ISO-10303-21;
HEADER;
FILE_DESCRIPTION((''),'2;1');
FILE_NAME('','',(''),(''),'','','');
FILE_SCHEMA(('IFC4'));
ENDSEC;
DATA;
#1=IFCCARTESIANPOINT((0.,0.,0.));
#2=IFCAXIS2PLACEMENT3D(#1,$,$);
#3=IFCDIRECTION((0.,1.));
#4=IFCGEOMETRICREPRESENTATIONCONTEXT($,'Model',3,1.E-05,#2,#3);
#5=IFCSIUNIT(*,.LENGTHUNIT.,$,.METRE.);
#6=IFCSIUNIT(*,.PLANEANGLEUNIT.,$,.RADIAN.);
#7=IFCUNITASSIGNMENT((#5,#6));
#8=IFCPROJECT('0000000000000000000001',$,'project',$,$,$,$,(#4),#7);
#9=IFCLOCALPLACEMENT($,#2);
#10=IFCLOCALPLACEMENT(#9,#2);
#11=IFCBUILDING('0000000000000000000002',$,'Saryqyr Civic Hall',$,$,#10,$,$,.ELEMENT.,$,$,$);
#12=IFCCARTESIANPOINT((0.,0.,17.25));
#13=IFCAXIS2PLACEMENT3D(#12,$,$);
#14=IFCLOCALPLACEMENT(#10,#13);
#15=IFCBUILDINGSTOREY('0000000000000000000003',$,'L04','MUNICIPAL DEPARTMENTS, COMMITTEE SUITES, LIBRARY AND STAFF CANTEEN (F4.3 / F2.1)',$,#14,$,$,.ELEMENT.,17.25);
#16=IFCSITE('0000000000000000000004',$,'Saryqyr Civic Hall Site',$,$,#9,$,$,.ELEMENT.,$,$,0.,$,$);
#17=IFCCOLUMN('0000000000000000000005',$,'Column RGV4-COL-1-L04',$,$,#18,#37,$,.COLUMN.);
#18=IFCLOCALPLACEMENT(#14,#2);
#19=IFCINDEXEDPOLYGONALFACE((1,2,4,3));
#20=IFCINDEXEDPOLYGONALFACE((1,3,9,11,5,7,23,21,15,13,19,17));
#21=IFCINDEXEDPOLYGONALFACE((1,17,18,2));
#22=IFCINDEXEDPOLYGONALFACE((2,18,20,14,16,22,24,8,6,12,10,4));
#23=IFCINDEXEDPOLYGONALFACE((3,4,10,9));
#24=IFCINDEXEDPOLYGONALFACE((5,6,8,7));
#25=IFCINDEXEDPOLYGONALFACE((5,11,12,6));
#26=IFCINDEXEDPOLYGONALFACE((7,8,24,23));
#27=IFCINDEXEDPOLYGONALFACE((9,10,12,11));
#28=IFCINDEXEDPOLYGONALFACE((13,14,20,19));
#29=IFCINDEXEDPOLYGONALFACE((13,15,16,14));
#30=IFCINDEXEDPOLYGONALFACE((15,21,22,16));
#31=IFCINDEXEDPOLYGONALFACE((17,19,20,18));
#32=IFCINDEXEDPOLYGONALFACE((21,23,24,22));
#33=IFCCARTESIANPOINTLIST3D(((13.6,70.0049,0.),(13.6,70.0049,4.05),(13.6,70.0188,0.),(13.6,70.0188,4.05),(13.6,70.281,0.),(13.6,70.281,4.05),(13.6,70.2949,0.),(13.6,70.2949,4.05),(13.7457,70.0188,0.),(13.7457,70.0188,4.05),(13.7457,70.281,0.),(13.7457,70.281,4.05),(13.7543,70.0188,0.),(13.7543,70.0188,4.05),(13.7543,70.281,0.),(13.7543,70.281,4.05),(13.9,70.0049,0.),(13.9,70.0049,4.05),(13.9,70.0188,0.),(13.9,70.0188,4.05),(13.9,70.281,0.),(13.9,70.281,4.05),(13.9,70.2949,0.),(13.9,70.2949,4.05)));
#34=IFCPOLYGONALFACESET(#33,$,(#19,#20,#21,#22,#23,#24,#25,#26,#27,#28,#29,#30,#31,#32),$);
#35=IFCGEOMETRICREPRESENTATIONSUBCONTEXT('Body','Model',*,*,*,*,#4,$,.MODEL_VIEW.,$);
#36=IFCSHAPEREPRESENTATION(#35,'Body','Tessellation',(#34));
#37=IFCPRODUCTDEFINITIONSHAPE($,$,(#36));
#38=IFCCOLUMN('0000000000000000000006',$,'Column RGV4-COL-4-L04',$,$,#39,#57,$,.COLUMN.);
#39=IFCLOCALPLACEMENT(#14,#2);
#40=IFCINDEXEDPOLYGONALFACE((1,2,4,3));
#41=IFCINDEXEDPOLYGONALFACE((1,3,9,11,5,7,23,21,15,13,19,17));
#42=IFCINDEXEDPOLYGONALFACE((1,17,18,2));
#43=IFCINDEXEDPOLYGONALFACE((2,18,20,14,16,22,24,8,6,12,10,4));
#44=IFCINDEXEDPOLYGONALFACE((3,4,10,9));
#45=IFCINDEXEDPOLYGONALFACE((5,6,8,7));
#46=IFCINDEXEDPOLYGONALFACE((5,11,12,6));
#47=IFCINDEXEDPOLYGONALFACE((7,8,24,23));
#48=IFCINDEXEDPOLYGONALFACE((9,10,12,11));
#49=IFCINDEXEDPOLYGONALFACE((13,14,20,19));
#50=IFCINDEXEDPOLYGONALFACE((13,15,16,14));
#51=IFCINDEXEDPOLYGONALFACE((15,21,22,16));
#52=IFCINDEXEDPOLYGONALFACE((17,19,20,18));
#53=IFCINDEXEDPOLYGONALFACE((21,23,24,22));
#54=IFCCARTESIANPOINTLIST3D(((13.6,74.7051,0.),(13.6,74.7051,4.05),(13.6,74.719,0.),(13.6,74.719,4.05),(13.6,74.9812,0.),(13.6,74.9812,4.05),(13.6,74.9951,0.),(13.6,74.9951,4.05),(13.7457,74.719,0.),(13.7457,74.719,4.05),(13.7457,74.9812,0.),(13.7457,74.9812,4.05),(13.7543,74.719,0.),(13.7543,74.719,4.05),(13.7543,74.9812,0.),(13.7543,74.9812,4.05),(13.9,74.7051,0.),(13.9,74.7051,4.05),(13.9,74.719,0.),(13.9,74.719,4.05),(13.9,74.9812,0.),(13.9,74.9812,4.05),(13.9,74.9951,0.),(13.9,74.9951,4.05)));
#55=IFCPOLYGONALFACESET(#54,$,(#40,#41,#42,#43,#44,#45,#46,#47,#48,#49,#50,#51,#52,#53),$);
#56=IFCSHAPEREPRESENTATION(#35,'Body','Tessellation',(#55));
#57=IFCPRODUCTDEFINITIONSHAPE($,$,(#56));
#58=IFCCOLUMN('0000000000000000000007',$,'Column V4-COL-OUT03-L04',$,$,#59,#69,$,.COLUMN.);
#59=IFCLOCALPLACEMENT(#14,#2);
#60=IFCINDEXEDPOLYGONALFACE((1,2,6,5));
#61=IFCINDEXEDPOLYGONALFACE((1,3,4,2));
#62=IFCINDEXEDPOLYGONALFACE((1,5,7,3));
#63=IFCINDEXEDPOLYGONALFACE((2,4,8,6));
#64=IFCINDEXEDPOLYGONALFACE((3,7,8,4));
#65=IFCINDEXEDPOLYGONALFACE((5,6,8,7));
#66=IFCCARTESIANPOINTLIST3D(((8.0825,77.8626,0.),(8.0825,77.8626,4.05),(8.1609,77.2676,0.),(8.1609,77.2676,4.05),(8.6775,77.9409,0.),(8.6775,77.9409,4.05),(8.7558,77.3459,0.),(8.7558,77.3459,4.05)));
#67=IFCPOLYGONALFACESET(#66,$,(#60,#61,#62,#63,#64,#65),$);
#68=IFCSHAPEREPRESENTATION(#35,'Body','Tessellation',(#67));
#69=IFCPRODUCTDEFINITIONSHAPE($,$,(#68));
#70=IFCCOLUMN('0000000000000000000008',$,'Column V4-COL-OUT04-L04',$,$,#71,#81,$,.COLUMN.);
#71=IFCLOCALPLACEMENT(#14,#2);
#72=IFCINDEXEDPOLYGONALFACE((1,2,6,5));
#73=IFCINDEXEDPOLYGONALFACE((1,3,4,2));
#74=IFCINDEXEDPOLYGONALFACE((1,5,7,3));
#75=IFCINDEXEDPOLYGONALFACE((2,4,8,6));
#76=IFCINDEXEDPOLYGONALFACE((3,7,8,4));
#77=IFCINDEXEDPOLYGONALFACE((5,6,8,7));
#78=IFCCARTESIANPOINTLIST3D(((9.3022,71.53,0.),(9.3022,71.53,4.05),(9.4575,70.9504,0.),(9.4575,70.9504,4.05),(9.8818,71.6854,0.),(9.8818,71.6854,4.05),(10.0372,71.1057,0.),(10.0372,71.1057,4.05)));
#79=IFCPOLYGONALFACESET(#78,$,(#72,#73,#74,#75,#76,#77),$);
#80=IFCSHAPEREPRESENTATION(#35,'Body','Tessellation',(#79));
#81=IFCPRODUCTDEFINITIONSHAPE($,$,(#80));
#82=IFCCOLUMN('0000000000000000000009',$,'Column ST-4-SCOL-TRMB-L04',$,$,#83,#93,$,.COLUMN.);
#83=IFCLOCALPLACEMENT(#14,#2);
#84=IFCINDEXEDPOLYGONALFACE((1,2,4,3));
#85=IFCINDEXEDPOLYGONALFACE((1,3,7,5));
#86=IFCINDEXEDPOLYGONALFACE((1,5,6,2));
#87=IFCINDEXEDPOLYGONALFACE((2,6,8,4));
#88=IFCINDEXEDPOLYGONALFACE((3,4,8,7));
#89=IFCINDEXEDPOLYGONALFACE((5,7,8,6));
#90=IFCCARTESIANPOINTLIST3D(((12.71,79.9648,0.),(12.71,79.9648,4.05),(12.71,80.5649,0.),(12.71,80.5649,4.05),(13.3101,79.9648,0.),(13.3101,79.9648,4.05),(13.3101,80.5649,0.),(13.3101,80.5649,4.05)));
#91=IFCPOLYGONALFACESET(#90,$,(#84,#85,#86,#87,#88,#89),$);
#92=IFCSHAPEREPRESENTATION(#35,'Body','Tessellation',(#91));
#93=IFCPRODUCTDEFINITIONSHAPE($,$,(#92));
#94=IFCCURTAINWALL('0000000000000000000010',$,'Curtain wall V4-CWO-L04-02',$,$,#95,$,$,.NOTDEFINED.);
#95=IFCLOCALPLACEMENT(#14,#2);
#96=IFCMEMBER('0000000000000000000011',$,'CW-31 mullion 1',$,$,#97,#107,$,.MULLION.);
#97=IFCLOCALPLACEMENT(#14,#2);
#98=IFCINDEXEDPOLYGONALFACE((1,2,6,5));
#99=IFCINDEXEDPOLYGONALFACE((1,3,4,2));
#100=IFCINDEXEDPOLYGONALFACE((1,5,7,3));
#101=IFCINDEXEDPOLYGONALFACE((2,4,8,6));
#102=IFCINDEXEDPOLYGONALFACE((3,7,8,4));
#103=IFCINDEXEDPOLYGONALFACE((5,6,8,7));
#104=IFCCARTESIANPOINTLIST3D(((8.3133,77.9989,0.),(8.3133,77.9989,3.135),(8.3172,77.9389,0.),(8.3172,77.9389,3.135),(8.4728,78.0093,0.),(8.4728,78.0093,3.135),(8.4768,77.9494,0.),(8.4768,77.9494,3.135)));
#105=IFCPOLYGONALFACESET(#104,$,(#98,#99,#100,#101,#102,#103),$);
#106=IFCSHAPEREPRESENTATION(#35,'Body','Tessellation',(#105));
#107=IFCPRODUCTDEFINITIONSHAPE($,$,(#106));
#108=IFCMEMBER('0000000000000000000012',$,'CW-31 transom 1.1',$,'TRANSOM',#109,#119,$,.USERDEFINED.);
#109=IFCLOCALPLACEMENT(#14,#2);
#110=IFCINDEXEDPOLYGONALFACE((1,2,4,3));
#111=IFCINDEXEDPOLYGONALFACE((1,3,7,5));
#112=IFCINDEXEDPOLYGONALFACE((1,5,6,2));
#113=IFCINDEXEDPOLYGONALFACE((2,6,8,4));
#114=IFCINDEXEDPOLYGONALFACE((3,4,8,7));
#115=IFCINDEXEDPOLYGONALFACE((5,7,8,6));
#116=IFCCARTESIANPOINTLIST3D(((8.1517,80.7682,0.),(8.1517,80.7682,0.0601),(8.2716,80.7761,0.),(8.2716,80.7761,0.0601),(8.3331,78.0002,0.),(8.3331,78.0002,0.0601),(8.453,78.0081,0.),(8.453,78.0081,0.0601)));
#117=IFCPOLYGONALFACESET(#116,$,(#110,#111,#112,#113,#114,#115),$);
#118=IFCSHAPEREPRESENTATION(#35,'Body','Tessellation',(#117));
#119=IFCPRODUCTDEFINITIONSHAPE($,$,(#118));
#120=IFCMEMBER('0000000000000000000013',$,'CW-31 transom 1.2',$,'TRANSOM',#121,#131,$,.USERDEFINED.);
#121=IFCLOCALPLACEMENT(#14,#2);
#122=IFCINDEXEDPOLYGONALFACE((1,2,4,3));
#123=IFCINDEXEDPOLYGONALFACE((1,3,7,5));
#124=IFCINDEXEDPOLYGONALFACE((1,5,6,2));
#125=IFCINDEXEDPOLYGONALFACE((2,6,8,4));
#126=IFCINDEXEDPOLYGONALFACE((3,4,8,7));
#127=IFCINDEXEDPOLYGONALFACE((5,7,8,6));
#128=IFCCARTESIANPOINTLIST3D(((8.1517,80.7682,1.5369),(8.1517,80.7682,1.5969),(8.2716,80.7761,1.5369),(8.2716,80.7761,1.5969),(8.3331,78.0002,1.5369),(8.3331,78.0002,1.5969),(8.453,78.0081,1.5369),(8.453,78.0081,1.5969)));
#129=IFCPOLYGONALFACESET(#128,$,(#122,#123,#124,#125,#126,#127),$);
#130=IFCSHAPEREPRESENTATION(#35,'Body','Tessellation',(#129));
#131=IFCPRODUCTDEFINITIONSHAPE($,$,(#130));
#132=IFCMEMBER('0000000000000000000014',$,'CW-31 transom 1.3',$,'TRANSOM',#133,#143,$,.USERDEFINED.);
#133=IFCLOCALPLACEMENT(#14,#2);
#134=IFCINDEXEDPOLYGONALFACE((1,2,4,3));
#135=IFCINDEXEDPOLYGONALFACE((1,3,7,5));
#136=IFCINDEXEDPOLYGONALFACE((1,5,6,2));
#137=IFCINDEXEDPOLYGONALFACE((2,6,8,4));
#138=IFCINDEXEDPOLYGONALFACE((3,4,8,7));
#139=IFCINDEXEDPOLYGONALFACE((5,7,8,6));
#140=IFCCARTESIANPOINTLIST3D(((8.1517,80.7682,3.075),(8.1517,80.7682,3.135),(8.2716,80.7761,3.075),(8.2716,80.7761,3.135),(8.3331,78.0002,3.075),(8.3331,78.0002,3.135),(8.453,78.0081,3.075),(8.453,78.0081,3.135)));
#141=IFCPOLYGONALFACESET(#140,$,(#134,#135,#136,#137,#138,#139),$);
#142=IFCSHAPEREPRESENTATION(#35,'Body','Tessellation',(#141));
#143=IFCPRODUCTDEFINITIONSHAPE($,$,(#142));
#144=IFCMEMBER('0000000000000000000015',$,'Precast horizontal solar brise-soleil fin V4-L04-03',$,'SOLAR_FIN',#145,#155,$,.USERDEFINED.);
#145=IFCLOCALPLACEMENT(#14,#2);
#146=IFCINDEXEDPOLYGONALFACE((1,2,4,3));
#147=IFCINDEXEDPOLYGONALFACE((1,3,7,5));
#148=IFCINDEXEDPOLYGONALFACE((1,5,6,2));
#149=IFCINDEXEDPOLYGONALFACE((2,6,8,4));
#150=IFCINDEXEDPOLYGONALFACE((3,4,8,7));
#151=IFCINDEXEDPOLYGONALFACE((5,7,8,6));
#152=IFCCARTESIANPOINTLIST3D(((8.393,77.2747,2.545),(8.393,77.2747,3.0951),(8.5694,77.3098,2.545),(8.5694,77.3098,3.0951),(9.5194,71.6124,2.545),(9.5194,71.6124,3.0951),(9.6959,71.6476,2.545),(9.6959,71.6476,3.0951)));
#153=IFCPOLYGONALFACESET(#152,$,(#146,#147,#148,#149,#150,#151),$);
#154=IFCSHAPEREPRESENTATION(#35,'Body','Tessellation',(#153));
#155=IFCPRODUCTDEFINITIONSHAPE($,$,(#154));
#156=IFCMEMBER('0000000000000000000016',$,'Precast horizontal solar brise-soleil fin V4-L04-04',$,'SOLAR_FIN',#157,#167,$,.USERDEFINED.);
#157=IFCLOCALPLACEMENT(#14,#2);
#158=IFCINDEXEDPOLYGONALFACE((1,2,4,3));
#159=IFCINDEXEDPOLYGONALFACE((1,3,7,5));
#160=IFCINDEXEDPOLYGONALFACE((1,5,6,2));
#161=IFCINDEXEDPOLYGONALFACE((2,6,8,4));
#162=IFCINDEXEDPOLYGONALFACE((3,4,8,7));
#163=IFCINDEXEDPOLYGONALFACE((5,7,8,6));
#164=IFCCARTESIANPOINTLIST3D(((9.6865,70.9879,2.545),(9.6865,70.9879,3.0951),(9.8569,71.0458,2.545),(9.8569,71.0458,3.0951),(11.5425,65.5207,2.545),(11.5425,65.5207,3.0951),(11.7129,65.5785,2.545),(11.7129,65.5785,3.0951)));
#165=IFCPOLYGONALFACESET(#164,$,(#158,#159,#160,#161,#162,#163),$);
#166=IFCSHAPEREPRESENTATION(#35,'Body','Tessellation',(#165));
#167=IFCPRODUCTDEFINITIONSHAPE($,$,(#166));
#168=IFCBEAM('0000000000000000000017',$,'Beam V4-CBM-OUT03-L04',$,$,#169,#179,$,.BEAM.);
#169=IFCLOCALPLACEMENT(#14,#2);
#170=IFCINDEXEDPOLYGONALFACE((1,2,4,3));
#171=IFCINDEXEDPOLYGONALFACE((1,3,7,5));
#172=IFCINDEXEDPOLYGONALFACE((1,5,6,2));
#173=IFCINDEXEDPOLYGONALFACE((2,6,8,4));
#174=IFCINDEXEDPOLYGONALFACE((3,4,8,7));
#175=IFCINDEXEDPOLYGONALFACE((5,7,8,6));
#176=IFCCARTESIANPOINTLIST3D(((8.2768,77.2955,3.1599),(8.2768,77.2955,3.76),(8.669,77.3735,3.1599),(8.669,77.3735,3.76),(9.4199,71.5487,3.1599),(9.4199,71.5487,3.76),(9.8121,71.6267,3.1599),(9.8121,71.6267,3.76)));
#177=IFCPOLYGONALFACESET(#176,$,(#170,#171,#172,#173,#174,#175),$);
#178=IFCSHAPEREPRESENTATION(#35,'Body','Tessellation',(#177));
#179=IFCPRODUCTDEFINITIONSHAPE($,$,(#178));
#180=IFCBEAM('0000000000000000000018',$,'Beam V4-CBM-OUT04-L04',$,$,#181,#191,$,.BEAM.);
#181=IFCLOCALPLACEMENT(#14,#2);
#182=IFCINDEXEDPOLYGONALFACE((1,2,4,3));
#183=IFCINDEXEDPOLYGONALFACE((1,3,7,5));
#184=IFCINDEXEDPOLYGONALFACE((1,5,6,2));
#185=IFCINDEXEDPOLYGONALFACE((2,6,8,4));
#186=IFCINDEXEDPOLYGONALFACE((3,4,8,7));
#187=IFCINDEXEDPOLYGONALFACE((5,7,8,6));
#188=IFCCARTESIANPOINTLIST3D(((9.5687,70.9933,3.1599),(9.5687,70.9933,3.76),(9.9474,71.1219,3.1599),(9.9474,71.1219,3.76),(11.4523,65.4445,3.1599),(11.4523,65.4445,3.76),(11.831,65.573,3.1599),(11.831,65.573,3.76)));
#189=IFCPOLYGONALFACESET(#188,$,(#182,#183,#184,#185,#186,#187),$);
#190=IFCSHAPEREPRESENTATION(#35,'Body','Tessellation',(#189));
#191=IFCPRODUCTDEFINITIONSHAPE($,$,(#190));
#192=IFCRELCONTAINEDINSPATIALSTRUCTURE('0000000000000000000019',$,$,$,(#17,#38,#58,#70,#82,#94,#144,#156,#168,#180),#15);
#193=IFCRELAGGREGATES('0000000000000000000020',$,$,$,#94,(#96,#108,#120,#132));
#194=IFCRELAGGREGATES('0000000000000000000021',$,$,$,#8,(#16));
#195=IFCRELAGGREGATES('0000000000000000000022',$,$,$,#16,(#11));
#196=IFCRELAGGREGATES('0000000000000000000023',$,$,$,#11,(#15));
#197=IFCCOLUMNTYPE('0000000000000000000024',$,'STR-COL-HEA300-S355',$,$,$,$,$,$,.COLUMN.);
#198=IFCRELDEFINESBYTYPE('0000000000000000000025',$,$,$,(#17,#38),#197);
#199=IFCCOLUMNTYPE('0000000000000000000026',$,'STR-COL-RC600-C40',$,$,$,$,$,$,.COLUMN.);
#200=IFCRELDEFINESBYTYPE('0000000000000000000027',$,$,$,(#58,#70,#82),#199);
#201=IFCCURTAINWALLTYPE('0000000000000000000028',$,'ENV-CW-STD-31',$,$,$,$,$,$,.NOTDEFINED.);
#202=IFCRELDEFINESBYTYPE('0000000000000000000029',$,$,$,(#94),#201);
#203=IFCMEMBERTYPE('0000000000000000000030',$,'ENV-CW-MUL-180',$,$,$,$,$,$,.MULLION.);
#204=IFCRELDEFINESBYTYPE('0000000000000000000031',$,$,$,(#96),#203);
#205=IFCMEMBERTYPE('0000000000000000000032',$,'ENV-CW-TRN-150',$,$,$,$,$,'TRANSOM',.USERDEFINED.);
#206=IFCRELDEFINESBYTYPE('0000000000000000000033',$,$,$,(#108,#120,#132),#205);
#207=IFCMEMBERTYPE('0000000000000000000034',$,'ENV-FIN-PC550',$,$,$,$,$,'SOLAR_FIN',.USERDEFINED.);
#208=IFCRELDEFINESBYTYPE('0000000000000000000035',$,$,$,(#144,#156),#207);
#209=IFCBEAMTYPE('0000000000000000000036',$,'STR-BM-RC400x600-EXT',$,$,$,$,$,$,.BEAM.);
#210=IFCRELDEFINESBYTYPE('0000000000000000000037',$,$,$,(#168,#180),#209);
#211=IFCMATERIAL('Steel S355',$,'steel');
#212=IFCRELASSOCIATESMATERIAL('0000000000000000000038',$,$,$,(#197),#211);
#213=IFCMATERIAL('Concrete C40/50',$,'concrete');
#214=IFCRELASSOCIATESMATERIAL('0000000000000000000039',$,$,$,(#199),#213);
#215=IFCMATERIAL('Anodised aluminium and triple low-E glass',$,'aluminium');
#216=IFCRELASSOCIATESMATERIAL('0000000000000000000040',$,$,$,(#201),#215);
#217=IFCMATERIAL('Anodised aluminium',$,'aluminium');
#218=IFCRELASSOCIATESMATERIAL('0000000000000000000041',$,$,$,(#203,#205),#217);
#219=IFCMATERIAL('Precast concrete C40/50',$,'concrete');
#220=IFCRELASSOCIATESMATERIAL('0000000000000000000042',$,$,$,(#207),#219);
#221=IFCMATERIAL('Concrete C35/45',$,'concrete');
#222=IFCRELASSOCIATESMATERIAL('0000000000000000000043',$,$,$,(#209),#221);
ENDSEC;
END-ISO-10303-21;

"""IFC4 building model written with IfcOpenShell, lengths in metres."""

from ifc_helpers import new_model, si_unit, direction, frame, origin, origin_2d, place, context, subcontext, project, spatial, rectangle, i_section, extrude, material, material_profile, profile_set, type_object, element, aggregate, save


model = new_model("IFC4")

# Units and contexts
model_context = context("Model", 3, precision=1e-05, world=origin(), true_north=direction((0.0, 1.0)))
body_context = subcontext(model_context, "Body", "Model", "MODEL_VIEW")
ifc_project = project(units=[si_unit("LENGTHUNIT", "METRE"), si_unit("PLANEANGLEUNIT", "RADIAN")], contexts=[model_context])

# Site, building, storey
site_placement = place(None, origin())
site = spatial("IfcSite", under=ifc_project, at=site_placement, Name="Saryqyr Civic Hall Site", CompositionType="ELEMENT", RefElevation=0.0)
building_placement = place(site_placement, origin())
building = spatial("IfcBuilding", under=site, at=building_placement, Name="Saryqyr Civic Hall", CompositionType="ELEMENT")
storey_placement = place(building_placement, frame((0.0, 0.0, 17.25)))
storey = spatial("IfcBuildingStorey", under=building, at=storey_placement, Name="L04", Description="MUNICIPAL DEPARTMENTS, COMMITTEE SUITES, LIBRARY AND STAFF CANTEEN (F4.3 / F2.1)", CompositionType="ELEMENT", Elevation=17.25)

# Columns
ifc_material_1 = material(Name="Steel S355", Category="steel")
ifc_material_profile_1 = material_profile(ifc_material_1, i_section(OverallWidth=0.3, OverallDepth=0.29, WebThickness=0.0085, FlangeThickness=0.0139, at=origin_2d()), Name="HEA 300")
ifc_profile_set_1 = profile_set([ifc_material_profile_1], Name="Steel S355")
column_type_1 = type_object("IfcColumnType", Name="STR-COL-HEA300-S355", PredefinedType="COLUMN", material=ifc_profile_set_1)
for number, where, z_axis, x_axis, name in (
    (1, (13.75, 70.1499, 0.0), (0.0, 0.0, 1.0), (1.0, 0.0, 0.0), "Column RGV4-COL-1-L04"),
    (2, (13.75, 74.8501, 0.0), (0.0, 0.0, 1.0), (1.0, 0.0, 0.0), "Column RGV4-COL-4-L04"),
):
    element("IfcColumn", number, at=place(storey_placement, frame(where, z_axis=z_axis, x_axis=x_axis)), inside=storey, type_object=column_type_1, Name=name, PredefinedType="COLUMN", context=body_context, shape_type="SweptSolid", body=[
        extrude(i_section(OverallWidth=0.3, OverallDepth=0.29, WebThickness=0.0085, FlangeThickness=0.0139, at=origin_2d()), origin(), (0.0, 0.0, 1.0), 4.05),
    ])
ifc_material_2 = material(Name="Concrete C40/50", Category="concrete")
ifc_material_profile_2 = material_profile(ifc_material_2, rectangle(XDim=0.6001, YDim=0.6001, at=origin_2d()), Name="RC 600x600")
ifc_profile_set_2 = profile_set([ifc_material_profile_2], Name="Concrete C40/50")
column_type_2 = type_object("IfcColumnType", Name="STR-COL-RC600-C40", PredefinedType="COLUMN", material=ifc_profile_set_2)
for number, where, z_axis, x_axis, name in (
    (3, (8.4192, 77.6042, 0.0), (0.0, 0.0, 1.0), (-0.991445, -0.130526, 0.0), "Column V4-COL-OUT03-L04"),
    (4, (9.6697, 71.3179, 0.0), (0.0, 0.0, 1.0), (-0.965926, -0.258819, 0.0), "Column V4-COL-OUT04-L04"),
    (5, (13.01, 80.2649, 0.0), (0.0, 0.0, 1.0), (1.0, 0.0, 0.0), "Column ST-4-SCOL-TRMB-L04"),
):
    element("IfcColumn", number, at=place(storey_placement, frame(where, z_axis=z_axis, x_axis=x_axis)), inside=storey, type_object=column_type_2, Name=name, PredefinedType="COLUMN", context=body_context, shape_type="SweptSolid", body=[
        extrude(rectangle(XDim=0.6001, YDim=0.6001, at=origin_2d()), origin(), (0.0, 0.0, 1.0), 4.05),
    ])

# Curtain wall, members
ifc_material_3 = material(Name="Anodised aluminium and triple low-E glass", Category="aluminium")
curtain_wall_type = type_object("IfcCurtainWallType", Name="ENV-CW-STD-31", PredefinedType="NOTDEFINED", material=ifc_material_3)
curtain_wall_placement = place(storey_placement, origin())
curtain_wall = element("IfcCurtainWall", 6, at=curtain_wall_placement, inside=storey, type_object=curtain_wall_type, Name="Curtain wall V4-CWO-L04-02", PredefinedType="NOTDEFINED")
ifc_material_4 = material(Name="Anodised aluminium", Category="aluminium")
ifc_material_profile_3 = material_profile(ifc_material_4, rectangle(XDim=0.0601, YDim=0.1599, at=origin_2d()), Name="ALU MULLION 60x160")
ifc_profile_set_3 = profile_set([ifc_material_profile_3], Name="Anodised aluminium")
member_type_1 = type_object("IfcMemberType", Name="ENV-CW-MUL-180", PredefinedType="MULLION", material=ifc_profile_set_3)
member_1_placement = place(storey_placement, frame((8.395, 77.9741, 0.0), z_axis=(0.0, 0.0, 1.0), x_axis=(-0.065397, 0.997859, 0.0)))
member_1 = element("IfcMember", 7, at=member_1_placement, type_object=member_type_1, Name="CW-31 mullion 1", PredefinedType="MULLION", context=body_context, shape_type="SweptSolid", body=[
    extrude(rectangle(XDim=0.0601, YDim=0.1599, at=origin_2d()), origin(), (0.0, 0.0, 1.0), 3.135),
])
ifc_material_profile_4 = material_profile(ifc_material_4, rectangle(XDim=0.1201, YDim=0.0601, at=origin_2d()), Name="ALU TRANSOM 120x60")
ifc_profile_set_4 = profile_set([ifc_material_profile_4], Name="Anodised aluminium")
member_type_2 = type_object("IfcMemberType", Name="ENV-CW-TRN-150", ElementType="TRANSOM", PredefinedType="USERDEFINED", material=ifc_profile_set_4)
member_2_placement = place(storey_placement, frame((8.3931, 78.0042, 0.03), z_axis=(-0.065392, 0.99786, 0.0), x_axis=(-0.99786, -0.065392, 0.0)))
member_2 = element("IfcMember", 8, at=member_2_placement, type_object=member_type_2, Name="CW-31 transom 1.1", ObjectType="TRANSOM", PredefinedType="USERDEFINED", context=body_context, shape_type="SweptSolid", body=[
    extrude(rectangle(XDim=0.1201, YDim=0.0601, at=origin_2d()), origin(), (0.0, 0.0, 1.0), 2.7739),
])
member_3_placement = place(storey_placement, frame((8.3931, 78.0042, 1.5669), z_axis=(-0.065392, 0.99786, 0.0), x_axis=(-0.99786, -0.065392, 0.0)))
member_3 = element("IfcMember", 9, at=member_3_placement, type_object=member_type_2, Name="CW-31 transom 1.2", ObjectType="TRANSOM", PredefinedType="USERDEFINED", context=body_context, shape_type="SweptSolid", body=[
    extrude(rectangle(XDim=0.1201, YDim=0.0601, at=origin_2d()), origin(), (0.0, 0.0, 1.0), 2.7739),
])
member_4_placement = place(storey_placement, frame((8.3931, 78.0042, 3.105), z_axis=(-0.065392, 0.99786, 0.0), x_axis=(-0.99786, -0.065392, 0.0)))
member_4 = element("IfcMember", 10, at=member_4_placement, type_object=member_type_2, Name="CW-31 transom 1.3", ObjectType="TRANSOM", PredefinedType="USERDEFINED", context=body_context, shape_type="SweptSolid", body=[
    extrude(rectangle(XDim=0.1201, YDim=0.0601, at=origin_2d()), origin(), (0.0, 0.0, 1.0), 2.7739),
])

# Members
ifc_material_5 = material(Name="Precast concrete C40/50", Category="concrete")
ifc_material_profile_5 = material_profile(ifc_material_5, rectangle(XDim=0.1799, YDim=0.55, at=origin_2d()), Name="PC FIN 180x550")
ifc_profile_set_5 = profile_set([ifc_material_profile_5], Name="Precast concrete C40/50")
member_type_3 = type_object("IfcMemberType", Name="ENV-FIN-PC550", ElementType="SOLAR_FIN", PredefinedType="USERDEFINED", material=ifc_profile_set_5)
member_5_placement = place(storey_placement, frame((8.4812, 77.2922, 2.8201), z_axis=(0.195116, -0.98078, 0.0), x_axis=(0.98078, 0.195116, 0.0)))
element("IfcMember", 11, at=member_5_placement, inside=storey, type_object=member_type_3, Name="Precast horizontal solar brise-soleil fin V4-L04-03", ObjectType="SOLAR_FIN", PredefinedType="USERDEFINED", context=body_context, shape_type="SweptSolid", body=[
    extrude(rectangle(XDim=0.1799, YDim=0.55, at=origin_2d()), origin(), (0.0, 0.0, 1.0), 5.7732),
])
member_6_placement = place(storey_placement, frame((9.7717, 71.0168, 2.8201), z_axis=(0.321449, -0.946927, 0.0), x_axis=(0.946927, 0.321449, 0.0)))
element("IfcMember", 12, at=member_6_placement, inside=storey, type_object=member_type_3, Name="Precast horizontal solar brise-soleil fin V4-L04-04", ObjectType="SOLAR_FIN", PredefinedType="USERDEFINED", context=body_context, shape_type="SweptSolid", body=[
    extrude(rectangle(XDim=0.1799, YDim=0.55, at=origin_2d()), origin(), (0.0, 0.0, 1.0), 5.7737),
])

# Beams
ifc_material_6 = material(Name="Concrete C35/45", Category="concrete")
ifc_material_profile_6 = material_profile(ifc_material_6, rectangle(XDim=0.3999, YDim=0.6001, at=origin_2d()), Name="RC 400x600")
ifc_profile_set_6 = profile_set([ifc_material_profile_6], Name="Concrete C35/45")
beam_type = type_object("IfcBeamType", Name="STR-BM-RC400x600-EXT", PredefinedType="BEAM", material=ifc_profile_set_6)
beam_1_placement = place(storey_placement, frame((8.4729, 77.3345, 3.46), z_axis=(0.195082, -0.980787, 0.0), x_axis=(0.980787, 0.195082, 0.0)))
element("IfcBeam", 13, at=beam_1_placement, inside=storey, type_object=beam_type, Name="Beam V4-CBM-OUT03-L04", PredefinedType="BEAM", context=body_context, shape_type="SweptSolid", body=[
    extrude(rectangle(XDim=0.3999, YDim=0.6001, at=origin_2d()), origin(), (0.0, 0.0, 1.0), 5.8594),
])
beam_2_placement = place(storey_placement, frame((9.7581, 71.0576, 3.46), z_axis=(0.321435, -0.946932, 0.0), x_axis=(0.946932, 0.321435, 0.0)))
element("IfcBeam", 14, at=beam_2_placement, inside=storey, type_object=beam_type, Name="Beam V4-CBM-OUT04-L04", PredefinedType="BEAM", context=body_context, shape_type="SweptSolid", body=[
    extrude(rectangle(XDim=0.3999, YDim=0.6001, at=origin_2d()), origin(), (0.0, 0.0, 1.0), 5.8599),
])

aggregate(curtain_wall, [member_1, member_2, member_3, member_4])

save(model, "model.ifc")
